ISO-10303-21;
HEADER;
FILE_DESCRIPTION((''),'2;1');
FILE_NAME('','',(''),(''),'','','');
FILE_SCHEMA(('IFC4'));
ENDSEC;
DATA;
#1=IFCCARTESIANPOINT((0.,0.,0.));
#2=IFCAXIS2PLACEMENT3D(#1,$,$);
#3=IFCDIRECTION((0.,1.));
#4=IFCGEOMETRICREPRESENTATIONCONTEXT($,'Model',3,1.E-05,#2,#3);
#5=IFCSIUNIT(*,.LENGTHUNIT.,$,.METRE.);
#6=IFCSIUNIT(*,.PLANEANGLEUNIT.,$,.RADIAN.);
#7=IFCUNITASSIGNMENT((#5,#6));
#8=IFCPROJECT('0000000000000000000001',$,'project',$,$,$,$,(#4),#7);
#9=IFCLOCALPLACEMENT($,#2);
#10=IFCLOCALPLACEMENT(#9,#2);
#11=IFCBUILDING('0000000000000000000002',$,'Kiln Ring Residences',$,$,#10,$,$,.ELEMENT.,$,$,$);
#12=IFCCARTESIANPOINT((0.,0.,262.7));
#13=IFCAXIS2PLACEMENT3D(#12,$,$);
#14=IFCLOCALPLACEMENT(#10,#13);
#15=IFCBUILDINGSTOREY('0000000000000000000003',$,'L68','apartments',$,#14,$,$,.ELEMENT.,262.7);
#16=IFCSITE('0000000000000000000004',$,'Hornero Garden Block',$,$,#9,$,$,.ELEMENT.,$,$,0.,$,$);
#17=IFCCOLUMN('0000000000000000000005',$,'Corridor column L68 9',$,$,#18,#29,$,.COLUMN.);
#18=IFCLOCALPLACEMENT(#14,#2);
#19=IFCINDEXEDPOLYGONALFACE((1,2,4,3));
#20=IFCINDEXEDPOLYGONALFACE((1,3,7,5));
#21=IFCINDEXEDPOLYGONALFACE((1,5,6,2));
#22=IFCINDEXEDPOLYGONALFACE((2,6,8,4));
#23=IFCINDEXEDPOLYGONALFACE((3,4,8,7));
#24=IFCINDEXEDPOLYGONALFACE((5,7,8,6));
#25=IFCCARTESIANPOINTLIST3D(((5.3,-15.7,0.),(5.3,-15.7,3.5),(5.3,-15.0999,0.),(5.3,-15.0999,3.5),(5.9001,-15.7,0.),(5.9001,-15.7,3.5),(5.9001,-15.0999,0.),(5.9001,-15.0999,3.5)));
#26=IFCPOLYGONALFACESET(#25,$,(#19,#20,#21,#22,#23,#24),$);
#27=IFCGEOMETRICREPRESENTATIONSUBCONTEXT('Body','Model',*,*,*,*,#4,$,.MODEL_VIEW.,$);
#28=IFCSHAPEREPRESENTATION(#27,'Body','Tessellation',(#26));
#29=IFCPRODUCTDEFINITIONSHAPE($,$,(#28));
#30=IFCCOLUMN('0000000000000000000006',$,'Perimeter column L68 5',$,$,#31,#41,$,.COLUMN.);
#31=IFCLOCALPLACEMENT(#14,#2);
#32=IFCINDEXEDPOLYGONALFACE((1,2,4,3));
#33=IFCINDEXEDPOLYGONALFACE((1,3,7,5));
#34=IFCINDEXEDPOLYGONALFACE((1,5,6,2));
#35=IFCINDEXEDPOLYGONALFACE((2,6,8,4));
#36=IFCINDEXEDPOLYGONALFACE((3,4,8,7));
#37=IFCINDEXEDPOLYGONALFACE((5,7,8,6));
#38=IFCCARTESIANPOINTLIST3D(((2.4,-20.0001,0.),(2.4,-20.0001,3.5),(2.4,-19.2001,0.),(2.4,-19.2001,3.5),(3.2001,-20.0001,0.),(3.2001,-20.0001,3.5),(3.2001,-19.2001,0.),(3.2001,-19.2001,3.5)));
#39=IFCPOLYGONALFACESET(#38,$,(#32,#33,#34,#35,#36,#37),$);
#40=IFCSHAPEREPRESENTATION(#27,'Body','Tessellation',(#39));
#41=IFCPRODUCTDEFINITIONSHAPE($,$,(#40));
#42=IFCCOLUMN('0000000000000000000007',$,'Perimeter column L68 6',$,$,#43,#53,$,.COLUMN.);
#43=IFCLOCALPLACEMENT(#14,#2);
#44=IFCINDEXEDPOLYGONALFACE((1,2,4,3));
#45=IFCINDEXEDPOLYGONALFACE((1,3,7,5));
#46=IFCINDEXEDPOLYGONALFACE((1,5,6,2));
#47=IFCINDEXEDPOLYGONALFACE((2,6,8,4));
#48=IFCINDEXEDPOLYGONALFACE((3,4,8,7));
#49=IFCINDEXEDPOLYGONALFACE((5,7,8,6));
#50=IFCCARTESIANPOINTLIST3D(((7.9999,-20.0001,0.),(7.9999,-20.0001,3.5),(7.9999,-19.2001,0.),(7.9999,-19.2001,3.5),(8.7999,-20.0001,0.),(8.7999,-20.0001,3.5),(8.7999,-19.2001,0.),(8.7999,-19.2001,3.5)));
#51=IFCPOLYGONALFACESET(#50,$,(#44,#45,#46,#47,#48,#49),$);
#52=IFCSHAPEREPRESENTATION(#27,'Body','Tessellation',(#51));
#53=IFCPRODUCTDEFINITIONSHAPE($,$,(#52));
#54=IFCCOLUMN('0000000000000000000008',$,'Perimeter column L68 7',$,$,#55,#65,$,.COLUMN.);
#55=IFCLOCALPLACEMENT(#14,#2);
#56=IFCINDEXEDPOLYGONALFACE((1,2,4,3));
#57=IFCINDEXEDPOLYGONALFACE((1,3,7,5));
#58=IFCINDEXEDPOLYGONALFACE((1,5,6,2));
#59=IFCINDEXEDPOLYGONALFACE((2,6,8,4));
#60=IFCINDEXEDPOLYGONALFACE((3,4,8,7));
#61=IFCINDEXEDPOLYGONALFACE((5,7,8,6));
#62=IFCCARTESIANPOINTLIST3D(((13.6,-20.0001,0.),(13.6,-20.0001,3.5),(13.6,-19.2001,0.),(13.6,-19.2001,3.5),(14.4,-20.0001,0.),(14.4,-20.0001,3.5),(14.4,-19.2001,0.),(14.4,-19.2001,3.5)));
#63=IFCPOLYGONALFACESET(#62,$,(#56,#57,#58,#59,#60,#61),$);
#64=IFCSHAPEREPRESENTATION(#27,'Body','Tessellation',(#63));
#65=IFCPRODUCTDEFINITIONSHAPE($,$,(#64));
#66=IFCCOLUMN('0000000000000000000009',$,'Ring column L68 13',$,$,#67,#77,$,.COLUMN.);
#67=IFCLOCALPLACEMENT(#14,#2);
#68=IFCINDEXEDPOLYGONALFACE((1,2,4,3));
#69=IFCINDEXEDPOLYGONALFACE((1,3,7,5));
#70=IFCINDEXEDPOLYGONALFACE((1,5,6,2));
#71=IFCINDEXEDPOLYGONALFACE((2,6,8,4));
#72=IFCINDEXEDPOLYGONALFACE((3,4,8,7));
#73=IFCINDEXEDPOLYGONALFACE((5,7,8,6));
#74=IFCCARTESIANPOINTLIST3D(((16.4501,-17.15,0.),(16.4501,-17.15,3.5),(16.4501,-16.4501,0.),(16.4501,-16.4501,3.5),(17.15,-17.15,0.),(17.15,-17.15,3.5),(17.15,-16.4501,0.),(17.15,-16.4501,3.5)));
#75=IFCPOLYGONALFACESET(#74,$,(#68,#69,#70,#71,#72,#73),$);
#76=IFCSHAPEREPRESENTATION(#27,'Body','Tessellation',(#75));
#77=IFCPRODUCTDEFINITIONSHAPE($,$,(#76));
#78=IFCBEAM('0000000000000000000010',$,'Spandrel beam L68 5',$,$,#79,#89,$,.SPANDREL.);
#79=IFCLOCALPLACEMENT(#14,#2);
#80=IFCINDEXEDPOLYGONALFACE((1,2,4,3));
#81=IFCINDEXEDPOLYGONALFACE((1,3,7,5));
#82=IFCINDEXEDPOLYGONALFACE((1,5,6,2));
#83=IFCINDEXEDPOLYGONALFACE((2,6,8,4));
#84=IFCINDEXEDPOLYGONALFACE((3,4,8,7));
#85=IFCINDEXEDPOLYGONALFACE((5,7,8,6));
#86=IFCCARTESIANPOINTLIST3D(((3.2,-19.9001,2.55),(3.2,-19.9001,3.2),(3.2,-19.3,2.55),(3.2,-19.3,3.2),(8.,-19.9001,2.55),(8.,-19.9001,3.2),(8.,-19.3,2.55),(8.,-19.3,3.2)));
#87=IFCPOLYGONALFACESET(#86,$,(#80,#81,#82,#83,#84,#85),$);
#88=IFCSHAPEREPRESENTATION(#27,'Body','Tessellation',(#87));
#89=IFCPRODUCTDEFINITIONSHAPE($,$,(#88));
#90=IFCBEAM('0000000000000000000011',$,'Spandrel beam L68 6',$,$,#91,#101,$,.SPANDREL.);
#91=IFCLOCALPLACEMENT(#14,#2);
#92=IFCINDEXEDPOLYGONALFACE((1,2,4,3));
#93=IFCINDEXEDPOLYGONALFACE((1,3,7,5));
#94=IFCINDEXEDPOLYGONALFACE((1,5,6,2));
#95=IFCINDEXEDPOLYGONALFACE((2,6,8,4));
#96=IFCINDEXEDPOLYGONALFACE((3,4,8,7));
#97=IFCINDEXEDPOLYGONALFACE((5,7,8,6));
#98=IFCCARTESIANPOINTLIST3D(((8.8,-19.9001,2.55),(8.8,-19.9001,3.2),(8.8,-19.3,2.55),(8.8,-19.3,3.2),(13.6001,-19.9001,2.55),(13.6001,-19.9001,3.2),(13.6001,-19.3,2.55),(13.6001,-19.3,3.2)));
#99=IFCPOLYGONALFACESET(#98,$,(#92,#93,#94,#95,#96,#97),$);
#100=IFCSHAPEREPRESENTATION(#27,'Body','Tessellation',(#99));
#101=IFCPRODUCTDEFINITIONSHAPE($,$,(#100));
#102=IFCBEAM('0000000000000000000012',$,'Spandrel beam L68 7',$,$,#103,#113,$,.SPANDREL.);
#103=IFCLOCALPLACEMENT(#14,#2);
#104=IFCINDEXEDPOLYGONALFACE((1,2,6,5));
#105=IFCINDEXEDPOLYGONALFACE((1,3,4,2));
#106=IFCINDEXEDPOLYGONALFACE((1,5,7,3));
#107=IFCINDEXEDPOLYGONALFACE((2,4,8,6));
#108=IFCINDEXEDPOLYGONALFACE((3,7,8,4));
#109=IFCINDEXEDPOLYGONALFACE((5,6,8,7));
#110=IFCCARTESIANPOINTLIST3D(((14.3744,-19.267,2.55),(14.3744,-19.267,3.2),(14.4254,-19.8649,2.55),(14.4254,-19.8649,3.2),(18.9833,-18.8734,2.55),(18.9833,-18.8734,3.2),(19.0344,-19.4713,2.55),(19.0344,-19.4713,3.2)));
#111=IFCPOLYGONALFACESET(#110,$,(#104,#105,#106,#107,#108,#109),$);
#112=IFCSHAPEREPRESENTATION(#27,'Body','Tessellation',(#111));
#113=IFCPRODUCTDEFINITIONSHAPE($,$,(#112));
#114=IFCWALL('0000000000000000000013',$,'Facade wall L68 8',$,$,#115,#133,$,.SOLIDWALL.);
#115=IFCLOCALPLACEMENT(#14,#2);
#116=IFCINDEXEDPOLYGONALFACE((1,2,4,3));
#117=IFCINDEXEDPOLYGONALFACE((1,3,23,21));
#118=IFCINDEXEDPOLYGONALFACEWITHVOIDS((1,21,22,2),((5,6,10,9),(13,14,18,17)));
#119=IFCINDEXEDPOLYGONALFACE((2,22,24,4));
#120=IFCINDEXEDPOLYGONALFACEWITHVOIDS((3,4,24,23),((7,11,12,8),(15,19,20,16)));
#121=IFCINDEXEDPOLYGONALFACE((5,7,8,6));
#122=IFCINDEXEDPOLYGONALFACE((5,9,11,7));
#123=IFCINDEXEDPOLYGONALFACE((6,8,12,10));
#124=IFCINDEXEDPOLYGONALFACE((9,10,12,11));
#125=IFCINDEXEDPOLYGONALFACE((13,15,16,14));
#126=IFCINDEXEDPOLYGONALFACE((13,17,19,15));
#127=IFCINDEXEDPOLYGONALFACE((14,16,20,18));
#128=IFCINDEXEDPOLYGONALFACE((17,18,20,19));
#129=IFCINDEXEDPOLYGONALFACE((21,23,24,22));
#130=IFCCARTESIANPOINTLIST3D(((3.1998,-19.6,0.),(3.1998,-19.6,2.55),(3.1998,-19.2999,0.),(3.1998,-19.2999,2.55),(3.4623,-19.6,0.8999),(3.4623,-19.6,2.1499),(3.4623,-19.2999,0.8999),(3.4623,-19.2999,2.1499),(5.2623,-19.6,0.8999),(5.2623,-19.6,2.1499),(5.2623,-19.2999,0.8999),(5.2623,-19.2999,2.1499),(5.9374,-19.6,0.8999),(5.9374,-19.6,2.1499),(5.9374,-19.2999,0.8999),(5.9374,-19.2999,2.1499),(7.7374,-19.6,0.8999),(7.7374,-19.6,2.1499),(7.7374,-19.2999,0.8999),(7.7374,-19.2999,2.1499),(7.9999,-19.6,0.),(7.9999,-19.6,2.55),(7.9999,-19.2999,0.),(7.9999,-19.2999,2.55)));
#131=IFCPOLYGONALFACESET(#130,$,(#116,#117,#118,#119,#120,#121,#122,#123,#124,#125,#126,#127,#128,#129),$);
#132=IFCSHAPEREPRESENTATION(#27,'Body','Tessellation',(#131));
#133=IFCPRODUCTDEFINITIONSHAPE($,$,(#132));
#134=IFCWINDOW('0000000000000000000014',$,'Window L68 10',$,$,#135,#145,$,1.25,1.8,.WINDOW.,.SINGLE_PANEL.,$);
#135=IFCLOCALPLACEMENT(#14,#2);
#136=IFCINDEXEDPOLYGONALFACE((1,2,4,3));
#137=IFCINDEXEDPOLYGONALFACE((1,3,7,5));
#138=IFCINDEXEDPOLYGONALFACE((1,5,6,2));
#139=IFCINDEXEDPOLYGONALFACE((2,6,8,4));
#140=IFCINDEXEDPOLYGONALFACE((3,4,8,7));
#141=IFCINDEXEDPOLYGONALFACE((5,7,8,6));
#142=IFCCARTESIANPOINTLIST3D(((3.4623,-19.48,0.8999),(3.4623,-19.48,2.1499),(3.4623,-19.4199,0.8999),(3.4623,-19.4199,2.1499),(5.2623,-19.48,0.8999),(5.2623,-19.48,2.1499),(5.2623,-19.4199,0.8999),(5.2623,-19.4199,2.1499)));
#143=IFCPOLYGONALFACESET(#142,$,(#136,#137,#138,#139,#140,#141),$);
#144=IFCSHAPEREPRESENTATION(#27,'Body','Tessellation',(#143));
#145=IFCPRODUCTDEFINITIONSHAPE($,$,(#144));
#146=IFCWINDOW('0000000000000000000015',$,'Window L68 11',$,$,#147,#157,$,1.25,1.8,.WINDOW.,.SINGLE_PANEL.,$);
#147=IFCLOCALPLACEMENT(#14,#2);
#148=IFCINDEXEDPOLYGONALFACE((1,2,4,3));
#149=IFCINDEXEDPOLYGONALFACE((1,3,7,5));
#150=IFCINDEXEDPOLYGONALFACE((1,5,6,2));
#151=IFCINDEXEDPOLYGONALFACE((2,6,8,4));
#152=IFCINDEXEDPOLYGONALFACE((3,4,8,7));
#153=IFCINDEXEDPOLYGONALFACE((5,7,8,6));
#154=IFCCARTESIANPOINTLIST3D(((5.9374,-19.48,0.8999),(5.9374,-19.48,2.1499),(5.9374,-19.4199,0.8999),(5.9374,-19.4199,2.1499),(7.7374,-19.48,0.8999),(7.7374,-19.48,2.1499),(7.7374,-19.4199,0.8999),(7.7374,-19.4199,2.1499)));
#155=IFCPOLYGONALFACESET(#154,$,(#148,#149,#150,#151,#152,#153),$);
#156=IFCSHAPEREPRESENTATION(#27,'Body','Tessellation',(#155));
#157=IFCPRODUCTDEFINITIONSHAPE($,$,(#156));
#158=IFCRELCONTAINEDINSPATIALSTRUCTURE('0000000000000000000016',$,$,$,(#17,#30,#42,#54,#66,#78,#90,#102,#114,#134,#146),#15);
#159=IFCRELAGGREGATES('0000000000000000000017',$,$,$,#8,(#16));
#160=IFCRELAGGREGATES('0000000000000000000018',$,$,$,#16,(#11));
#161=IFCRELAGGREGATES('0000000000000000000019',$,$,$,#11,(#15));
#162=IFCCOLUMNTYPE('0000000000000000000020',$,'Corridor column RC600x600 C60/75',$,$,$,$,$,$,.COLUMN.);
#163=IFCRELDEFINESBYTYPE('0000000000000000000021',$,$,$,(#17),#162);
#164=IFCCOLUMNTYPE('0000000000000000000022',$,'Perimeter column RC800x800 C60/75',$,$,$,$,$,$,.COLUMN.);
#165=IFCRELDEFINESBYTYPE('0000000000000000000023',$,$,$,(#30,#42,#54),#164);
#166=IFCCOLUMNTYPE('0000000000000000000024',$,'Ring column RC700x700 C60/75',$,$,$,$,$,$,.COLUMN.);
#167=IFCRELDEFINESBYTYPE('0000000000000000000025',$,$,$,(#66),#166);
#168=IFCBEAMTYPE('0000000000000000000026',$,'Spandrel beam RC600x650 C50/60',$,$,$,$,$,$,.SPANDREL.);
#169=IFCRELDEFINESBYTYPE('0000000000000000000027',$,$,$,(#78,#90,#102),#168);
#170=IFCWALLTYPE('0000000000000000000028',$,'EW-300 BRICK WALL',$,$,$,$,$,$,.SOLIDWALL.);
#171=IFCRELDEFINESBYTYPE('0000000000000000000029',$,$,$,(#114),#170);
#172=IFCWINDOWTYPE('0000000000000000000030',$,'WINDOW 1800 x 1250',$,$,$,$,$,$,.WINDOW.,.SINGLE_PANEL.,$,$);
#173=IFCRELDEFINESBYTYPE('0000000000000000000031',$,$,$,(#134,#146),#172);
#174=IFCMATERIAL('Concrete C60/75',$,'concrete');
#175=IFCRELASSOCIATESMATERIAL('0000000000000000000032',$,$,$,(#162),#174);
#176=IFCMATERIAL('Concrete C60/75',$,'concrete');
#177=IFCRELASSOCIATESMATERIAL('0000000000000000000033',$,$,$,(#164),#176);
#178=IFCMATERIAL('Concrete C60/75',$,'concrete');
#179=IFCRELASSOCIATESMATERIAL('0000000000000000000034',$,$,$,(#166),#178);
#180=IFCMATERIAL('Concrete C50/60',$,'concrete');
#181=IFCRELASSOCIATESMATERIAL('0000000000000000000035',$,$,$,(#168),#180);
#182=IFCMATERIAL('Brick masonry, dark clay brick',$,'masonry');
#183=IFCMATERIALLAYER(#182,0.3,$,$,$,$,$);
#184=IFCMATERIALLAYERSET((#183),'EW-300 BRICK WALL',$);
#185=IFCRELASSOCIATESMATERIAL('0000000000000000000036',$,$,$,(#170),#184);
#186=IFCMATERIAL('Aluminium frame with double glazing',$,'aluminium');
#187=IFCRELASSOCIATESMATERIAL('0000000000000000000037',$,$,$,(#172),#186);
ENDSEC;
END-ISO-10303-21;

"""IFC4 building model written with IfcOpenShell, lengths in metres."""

from ifc_helpers import new_model, si_unit, direction, frame, frame_2d, origin, origin_2d, place, context, subcontext, project, spatial, rectangle, extrude, material, layer, layer_set, material_profile, profile_set, type_object, element, fill, save


model = new_model("IFC4")

# Units and contexts
model_context = context("Model", 3, precision=1e-05, world=origin(), true_north=direction((0.0, 1.0)))
body_context = subcontext(model_context, "Body", "Model", "MODEL_VIEW")
ifc_project = project(units=[si_unit("LENGTHUNIT", "METRE"), si_unit("PLANEANGLEUNIT", "RADIAN")], contexts=[model_context])

# Site, building, storey
site_placement = place(None, origin())
site = spatial("IfcSite", under=ifc_project, at=site_placement, Name="Hornero Garden Block", CompositionType="ELEMENT", RefElevation=0.0)
building_placement = place(site_placement, origin())
building = spatial("IfcBuilding", under=site, at=building_placement, Name="Kiln Ring Residences", CompositionType="ELEMENT")
storey_placement = place(building_placement, frame((0.0, 0.0, 262.7)))
storey = spatial("IfcBuildingStorey", under=building, at=storey_placement, Name="L68", Description="apartments", CompositionType="ELEMENT", Elevation=262.7)

# Columns
ifc_material_1 = material(Name="Concrete C60/75", Category="concrete")
ifc_material_profile_1 = material_profile(ifc_material_1, rectangle(XDim=0.6001, YDim=0.6001, at=origin_2d()), Name="RC600x600")
ifc_profile_set_1 = profile_set([ifc_material_profile_1], Name="Concrete C60/75")
column_type_1 = type_object("IfcColumnType", Name="Corridor column RC600x600 C60/75", PredefinedType="COLUMN", material=ifc_profile_set_1)
column_1_placement = place(storey_placement, frame((5.6001, -15.3999, 0.0), z_axis=(0.0, 0.0, 1.0), x_axis=(1.0, 0.0, 0.0)))
element("IfcColumn", 1, at=column_1_placement, inside=storey, type_object=column_type_1, Name="Corridor column L68 9", PredefinedType="COLUMN", context=body_context, shape_type="SweptSolid", body=[
    extrude(rectangle(XDim=0.6001, YDim=0.6001, at=origin_2d()), origin(), (0.0, 0.0, 1.0), 3.5),
])
ifc_material_2 = material(Name="Concrete C60/75", Category="concrete")
ifc_material_profile_2 = material_profile(ifc_material_2, rectangle(XDim=0.8, YDim=0.8, at=origin_2d()), Name="RC800x800")
ifc_profile_set_2 = profile_set([ifc_material_profile_2], Name="Concrete C60/75")
column_type_2 = type_object("IfcColumnType", Name="Perimeter column RC800x800 C60/75", PredefinedType="COLUMN", material=ifc_profile_set_2)
for number, where, z_axis, x_axis, name in (
    (2, (2.8, -19.6001, 0.0), (0.0, 0.0, 1.0), (1.0, 0.0, 0.0), "Perimeter column L68 5"),
    (3, (8.3999, -19.6001, 0.0), (0.0, 0.0, 1.0), (1.0, 0.0, 0.0), "Perimeter column L68 6"),
    (4, (14.0, -19.6001, 0.0), (0.0, 0.0, 1.0), (1.0, 0.0, 0.0), "Perimeter column L68 7"),
):
    element("IfcColumn", number, at=place(storey_placement, frame(where, z_axis=z_axis, x_axis=x_axis)), inside=storey, type_object=column_type_2, Name=name, PredefinedType="COLUMN", context=body_context, shape_type="SweptSolid", body=[
        extrude(rectangle(XDim=0.8, YDim=0.8, at=origin_2d()), origin(), (0.0, 0.0, 1.0), 3.5),
    ])
ifc_material_3 = material(Name="Concrete C60/75", Category="concrete")
ifc_material_profile_3 = material_profile(ifc_material_3, rectangle(XDim=0.7, YDim=0.7, at=origin_2d()), Name="RC700x700")
ifc_profile_set_3 = profile_set([ifc_material_profile_3], Name="Concrete C60/75")
column_type_3 = type_object("IfcColumnType", Name="Ring column RC700x700 C60/75", PredefinedType="COLUMN", material=ifc_profile_set_3)
column_2_placement = place(storey_placement, frame((16.8, -16.8, 0.0), z_axis=(0.0, 0.0, 1.0), x_axis=(1.0, 0.0, 0.0)))
element("IfcColumn", 5, at=column_2_placement, inside=storey, type_object=column_type_3, Name="Ring column L68 13", PredefinedType="COLUMN", context=body_context, shape_type="SweptSolid", body=[
    extrude(rectangle(XDim=0.7, YDim=0.7, at=origin_2d()), origin(), (0.0, 0.0, 1.0), 3.5),
])

# Beams
ifc_material_4 = material(Name="Concrete C50/60", Category="concrete")
ifc_material_profile_4 = material_profile(ifc_material_4, rectangle(XDim=0.6001, YDim=0.6499, at=origin_2d()), Name="RC600x650")
ifc_profile_set_4 = profile_set([ifc_material_profile_4], Name="Concrete C50/60")
beam_type = type_object("IfcBeamType", Name="Spandrel beam RC600x650 C50/60", PredefinedType="SPANDREL", material=ifc_profile_set_4)
for number, where, z_axis, x_axis, name in (
    (6, (3.2, -19.6001, 2.875), (1.0, 0.0, 0.0), (0.0, 1.0, 0.0), "Spandrel beam L68 5"),
    (7, (8.8, -19.6001, 2.875), (1.0, 0.0, 0.0), (0.0, 1.0, 0.0), "Spandrel beam L68 6"),
):
    element("IfcBeam", number, at=place(storey_placement, frame(where, z_axis=z_axis, x_axis=x_axis)), inside=storey, type_object=beam_type, Name=name, PredefinedType="SPANDREL", context=body_context, shape_type="SweptSolid", body=[
        extrude(rectangle(XDim=0.6001, YDim=0.6499, at=origin_2d()), origin(), (0.0, 0.0, 1.0), 4.8),
    ])
beam_placement = place(storey_placement, frame((14.3999, -19.5659, 2.875), z_axis=(0.996374, 0.085081, 0.0), x_axis=(-0.085081, 0.996374, 0.0)))
element("IfcBeam", 8, at=beam_placement, inside=storey, type_object=beam_type, Name="Spandrel beam L68 7", PredefinedType="SPANDREL", context=body_context, shape_type="SweptSolid", body=[
    extrude(rectangle(XDim=0.6001, YDim=0.6499, at=origin_2d()), origin(), (0.0, 0.0, 1.0), 4.6257),
])

# Wall, openings, windows
ifc_material_5 = material(Name="Brick masonry, dark clay brick", Category="masonry")
ifc_layer_1 = layer(ifc_material_5, 0.3)
ifc_layer_set_1 = layer_set([ifc_layer_1], Name="EW-300 BRICK WALL")
wall_type_1 = type_object("IfcWallType", Name="EW-300 BRICK WALL", PredefinedType="SOLIDWALL", material=ifc_layer_set_1)
wall_1_placement = place(storey_placement, frame((3.2, -19.45, 0.0), z_axis=(0.0, 0.0, 1.0), x_axis=(1.0, 0.0, 0.0)))
wall_1 = element("IfcWall", 9, at=wall_1_placement, inside=storey, type_object=wall_type_1, Name="Facade wall L68 8", PredefinedType="SOLIDWALL", context=body_context, shape_type="SweptSolid", body=[
    extrude(rectangle(XDim=4.8, YDim=0.3, at=frame_2d((2.3999, 0.0))), origin(), (0.0, 0.0, 1.0), 2.55),
])
opening_1_placement = place(wall_1_placement, frame((0.2625, 0.0, 0.8999)))
opening_1 = element("IfcOpeningElement", 10, at=opening_1_placement, cuts=wall_1, PredefinedType="OPENING", context=body_context, shape_type="SweptSolid", body=[
    extrude(rectangle(XDim=1.8, YDim=1.25, at=frame_2d((0.8999, 0.625))), frame((0.0, 0.1599, 0.0), z_axis=(0.0, -1.0, 0.0), x_axis=(1.0, 0.0, 0.0)), (0.0, 0.0, 1.0), 0.3201),
])
opening_2_placement = place(wall_1_placement, frame((2.7375, 0.0, 0.8999)))
opening_2 = element("IfcOpeningElement", 11, at=opening_2_placement, cuts=wall_1, PredefinedType="OPENING", context=body_context, shape_type="SweptSolid", body=[
    extrude(rectangle(XDim=1.8, YDim=1.25, at=frame_2d((0.8999, 0.625))), frame((0.0, 0.1599, 0.0), z_axis=(0.0, -1.0, 0.0), x_axis=(1.0, 0.0, 0.0)), (0.0, 0.0, 1.0), 0.3201),
])
ifc_material_6 = material(Name="Aluminium frame with double glazing", Category="aluminium")
window_type_1 = type_object("IfcWindowType", Name="WINDOW 1800 x 1250", PartitioningType="SINGLE_PANEL", PredefinedType="WINDOW", material=ifc_material_6)
window_1_placement = place(opening_1_placement, origin())
window_1 = element("IfcWindow", 12, at=window_1_placement, inside=storey, type_object=window_type_1, Name="Window L68 10", OverallHeight=1.25, OverallWidth=1.8, PartitioningType="SINGLE_PANEL", PredefinedType="WINDOW", context=body_context, shape_type="SweptSolid", body=[
    extrude(rectangle(XDim=1.8, YDim=1.25, at=frame_2d((0.8999, 0.625))), frame((0.0, 0.03, 0.0), z_axis=(0.0, -1.0, 0.0), x_axis=(1.0, 0.0, 0.0)), (0.0, 0.0, 1.0), 0.0601),
])
fill(opening_1, window_1)
window_2_placement = place(opening_2_placement, origin())
window_2 = element("IfcWindow", 13, at=window_2_placement, inside=storey, type_object=window_type_1, Name="Window L68 11", OverallHeight=1.25, OverallWidth=1.8, PartitioningType="SINGLE_PANEL", PredefinedType="WINDOW", context=body_context, shape_type="SweptSolid", body=[
    extrude(rectangle(XDim=1.8, YDim=1.25, at=frame_2d((0.8999, 0.625))), frame((0.0, 0.03, 0.0), z_axis=(0.0, -1.0, 0.0), x_axis=(1.0, 0.0, 0.0)), (0.0, 0.0, 1.0), 0.0601),
])
fill(opening_2, window_2)

save(model, "model.ifc")
